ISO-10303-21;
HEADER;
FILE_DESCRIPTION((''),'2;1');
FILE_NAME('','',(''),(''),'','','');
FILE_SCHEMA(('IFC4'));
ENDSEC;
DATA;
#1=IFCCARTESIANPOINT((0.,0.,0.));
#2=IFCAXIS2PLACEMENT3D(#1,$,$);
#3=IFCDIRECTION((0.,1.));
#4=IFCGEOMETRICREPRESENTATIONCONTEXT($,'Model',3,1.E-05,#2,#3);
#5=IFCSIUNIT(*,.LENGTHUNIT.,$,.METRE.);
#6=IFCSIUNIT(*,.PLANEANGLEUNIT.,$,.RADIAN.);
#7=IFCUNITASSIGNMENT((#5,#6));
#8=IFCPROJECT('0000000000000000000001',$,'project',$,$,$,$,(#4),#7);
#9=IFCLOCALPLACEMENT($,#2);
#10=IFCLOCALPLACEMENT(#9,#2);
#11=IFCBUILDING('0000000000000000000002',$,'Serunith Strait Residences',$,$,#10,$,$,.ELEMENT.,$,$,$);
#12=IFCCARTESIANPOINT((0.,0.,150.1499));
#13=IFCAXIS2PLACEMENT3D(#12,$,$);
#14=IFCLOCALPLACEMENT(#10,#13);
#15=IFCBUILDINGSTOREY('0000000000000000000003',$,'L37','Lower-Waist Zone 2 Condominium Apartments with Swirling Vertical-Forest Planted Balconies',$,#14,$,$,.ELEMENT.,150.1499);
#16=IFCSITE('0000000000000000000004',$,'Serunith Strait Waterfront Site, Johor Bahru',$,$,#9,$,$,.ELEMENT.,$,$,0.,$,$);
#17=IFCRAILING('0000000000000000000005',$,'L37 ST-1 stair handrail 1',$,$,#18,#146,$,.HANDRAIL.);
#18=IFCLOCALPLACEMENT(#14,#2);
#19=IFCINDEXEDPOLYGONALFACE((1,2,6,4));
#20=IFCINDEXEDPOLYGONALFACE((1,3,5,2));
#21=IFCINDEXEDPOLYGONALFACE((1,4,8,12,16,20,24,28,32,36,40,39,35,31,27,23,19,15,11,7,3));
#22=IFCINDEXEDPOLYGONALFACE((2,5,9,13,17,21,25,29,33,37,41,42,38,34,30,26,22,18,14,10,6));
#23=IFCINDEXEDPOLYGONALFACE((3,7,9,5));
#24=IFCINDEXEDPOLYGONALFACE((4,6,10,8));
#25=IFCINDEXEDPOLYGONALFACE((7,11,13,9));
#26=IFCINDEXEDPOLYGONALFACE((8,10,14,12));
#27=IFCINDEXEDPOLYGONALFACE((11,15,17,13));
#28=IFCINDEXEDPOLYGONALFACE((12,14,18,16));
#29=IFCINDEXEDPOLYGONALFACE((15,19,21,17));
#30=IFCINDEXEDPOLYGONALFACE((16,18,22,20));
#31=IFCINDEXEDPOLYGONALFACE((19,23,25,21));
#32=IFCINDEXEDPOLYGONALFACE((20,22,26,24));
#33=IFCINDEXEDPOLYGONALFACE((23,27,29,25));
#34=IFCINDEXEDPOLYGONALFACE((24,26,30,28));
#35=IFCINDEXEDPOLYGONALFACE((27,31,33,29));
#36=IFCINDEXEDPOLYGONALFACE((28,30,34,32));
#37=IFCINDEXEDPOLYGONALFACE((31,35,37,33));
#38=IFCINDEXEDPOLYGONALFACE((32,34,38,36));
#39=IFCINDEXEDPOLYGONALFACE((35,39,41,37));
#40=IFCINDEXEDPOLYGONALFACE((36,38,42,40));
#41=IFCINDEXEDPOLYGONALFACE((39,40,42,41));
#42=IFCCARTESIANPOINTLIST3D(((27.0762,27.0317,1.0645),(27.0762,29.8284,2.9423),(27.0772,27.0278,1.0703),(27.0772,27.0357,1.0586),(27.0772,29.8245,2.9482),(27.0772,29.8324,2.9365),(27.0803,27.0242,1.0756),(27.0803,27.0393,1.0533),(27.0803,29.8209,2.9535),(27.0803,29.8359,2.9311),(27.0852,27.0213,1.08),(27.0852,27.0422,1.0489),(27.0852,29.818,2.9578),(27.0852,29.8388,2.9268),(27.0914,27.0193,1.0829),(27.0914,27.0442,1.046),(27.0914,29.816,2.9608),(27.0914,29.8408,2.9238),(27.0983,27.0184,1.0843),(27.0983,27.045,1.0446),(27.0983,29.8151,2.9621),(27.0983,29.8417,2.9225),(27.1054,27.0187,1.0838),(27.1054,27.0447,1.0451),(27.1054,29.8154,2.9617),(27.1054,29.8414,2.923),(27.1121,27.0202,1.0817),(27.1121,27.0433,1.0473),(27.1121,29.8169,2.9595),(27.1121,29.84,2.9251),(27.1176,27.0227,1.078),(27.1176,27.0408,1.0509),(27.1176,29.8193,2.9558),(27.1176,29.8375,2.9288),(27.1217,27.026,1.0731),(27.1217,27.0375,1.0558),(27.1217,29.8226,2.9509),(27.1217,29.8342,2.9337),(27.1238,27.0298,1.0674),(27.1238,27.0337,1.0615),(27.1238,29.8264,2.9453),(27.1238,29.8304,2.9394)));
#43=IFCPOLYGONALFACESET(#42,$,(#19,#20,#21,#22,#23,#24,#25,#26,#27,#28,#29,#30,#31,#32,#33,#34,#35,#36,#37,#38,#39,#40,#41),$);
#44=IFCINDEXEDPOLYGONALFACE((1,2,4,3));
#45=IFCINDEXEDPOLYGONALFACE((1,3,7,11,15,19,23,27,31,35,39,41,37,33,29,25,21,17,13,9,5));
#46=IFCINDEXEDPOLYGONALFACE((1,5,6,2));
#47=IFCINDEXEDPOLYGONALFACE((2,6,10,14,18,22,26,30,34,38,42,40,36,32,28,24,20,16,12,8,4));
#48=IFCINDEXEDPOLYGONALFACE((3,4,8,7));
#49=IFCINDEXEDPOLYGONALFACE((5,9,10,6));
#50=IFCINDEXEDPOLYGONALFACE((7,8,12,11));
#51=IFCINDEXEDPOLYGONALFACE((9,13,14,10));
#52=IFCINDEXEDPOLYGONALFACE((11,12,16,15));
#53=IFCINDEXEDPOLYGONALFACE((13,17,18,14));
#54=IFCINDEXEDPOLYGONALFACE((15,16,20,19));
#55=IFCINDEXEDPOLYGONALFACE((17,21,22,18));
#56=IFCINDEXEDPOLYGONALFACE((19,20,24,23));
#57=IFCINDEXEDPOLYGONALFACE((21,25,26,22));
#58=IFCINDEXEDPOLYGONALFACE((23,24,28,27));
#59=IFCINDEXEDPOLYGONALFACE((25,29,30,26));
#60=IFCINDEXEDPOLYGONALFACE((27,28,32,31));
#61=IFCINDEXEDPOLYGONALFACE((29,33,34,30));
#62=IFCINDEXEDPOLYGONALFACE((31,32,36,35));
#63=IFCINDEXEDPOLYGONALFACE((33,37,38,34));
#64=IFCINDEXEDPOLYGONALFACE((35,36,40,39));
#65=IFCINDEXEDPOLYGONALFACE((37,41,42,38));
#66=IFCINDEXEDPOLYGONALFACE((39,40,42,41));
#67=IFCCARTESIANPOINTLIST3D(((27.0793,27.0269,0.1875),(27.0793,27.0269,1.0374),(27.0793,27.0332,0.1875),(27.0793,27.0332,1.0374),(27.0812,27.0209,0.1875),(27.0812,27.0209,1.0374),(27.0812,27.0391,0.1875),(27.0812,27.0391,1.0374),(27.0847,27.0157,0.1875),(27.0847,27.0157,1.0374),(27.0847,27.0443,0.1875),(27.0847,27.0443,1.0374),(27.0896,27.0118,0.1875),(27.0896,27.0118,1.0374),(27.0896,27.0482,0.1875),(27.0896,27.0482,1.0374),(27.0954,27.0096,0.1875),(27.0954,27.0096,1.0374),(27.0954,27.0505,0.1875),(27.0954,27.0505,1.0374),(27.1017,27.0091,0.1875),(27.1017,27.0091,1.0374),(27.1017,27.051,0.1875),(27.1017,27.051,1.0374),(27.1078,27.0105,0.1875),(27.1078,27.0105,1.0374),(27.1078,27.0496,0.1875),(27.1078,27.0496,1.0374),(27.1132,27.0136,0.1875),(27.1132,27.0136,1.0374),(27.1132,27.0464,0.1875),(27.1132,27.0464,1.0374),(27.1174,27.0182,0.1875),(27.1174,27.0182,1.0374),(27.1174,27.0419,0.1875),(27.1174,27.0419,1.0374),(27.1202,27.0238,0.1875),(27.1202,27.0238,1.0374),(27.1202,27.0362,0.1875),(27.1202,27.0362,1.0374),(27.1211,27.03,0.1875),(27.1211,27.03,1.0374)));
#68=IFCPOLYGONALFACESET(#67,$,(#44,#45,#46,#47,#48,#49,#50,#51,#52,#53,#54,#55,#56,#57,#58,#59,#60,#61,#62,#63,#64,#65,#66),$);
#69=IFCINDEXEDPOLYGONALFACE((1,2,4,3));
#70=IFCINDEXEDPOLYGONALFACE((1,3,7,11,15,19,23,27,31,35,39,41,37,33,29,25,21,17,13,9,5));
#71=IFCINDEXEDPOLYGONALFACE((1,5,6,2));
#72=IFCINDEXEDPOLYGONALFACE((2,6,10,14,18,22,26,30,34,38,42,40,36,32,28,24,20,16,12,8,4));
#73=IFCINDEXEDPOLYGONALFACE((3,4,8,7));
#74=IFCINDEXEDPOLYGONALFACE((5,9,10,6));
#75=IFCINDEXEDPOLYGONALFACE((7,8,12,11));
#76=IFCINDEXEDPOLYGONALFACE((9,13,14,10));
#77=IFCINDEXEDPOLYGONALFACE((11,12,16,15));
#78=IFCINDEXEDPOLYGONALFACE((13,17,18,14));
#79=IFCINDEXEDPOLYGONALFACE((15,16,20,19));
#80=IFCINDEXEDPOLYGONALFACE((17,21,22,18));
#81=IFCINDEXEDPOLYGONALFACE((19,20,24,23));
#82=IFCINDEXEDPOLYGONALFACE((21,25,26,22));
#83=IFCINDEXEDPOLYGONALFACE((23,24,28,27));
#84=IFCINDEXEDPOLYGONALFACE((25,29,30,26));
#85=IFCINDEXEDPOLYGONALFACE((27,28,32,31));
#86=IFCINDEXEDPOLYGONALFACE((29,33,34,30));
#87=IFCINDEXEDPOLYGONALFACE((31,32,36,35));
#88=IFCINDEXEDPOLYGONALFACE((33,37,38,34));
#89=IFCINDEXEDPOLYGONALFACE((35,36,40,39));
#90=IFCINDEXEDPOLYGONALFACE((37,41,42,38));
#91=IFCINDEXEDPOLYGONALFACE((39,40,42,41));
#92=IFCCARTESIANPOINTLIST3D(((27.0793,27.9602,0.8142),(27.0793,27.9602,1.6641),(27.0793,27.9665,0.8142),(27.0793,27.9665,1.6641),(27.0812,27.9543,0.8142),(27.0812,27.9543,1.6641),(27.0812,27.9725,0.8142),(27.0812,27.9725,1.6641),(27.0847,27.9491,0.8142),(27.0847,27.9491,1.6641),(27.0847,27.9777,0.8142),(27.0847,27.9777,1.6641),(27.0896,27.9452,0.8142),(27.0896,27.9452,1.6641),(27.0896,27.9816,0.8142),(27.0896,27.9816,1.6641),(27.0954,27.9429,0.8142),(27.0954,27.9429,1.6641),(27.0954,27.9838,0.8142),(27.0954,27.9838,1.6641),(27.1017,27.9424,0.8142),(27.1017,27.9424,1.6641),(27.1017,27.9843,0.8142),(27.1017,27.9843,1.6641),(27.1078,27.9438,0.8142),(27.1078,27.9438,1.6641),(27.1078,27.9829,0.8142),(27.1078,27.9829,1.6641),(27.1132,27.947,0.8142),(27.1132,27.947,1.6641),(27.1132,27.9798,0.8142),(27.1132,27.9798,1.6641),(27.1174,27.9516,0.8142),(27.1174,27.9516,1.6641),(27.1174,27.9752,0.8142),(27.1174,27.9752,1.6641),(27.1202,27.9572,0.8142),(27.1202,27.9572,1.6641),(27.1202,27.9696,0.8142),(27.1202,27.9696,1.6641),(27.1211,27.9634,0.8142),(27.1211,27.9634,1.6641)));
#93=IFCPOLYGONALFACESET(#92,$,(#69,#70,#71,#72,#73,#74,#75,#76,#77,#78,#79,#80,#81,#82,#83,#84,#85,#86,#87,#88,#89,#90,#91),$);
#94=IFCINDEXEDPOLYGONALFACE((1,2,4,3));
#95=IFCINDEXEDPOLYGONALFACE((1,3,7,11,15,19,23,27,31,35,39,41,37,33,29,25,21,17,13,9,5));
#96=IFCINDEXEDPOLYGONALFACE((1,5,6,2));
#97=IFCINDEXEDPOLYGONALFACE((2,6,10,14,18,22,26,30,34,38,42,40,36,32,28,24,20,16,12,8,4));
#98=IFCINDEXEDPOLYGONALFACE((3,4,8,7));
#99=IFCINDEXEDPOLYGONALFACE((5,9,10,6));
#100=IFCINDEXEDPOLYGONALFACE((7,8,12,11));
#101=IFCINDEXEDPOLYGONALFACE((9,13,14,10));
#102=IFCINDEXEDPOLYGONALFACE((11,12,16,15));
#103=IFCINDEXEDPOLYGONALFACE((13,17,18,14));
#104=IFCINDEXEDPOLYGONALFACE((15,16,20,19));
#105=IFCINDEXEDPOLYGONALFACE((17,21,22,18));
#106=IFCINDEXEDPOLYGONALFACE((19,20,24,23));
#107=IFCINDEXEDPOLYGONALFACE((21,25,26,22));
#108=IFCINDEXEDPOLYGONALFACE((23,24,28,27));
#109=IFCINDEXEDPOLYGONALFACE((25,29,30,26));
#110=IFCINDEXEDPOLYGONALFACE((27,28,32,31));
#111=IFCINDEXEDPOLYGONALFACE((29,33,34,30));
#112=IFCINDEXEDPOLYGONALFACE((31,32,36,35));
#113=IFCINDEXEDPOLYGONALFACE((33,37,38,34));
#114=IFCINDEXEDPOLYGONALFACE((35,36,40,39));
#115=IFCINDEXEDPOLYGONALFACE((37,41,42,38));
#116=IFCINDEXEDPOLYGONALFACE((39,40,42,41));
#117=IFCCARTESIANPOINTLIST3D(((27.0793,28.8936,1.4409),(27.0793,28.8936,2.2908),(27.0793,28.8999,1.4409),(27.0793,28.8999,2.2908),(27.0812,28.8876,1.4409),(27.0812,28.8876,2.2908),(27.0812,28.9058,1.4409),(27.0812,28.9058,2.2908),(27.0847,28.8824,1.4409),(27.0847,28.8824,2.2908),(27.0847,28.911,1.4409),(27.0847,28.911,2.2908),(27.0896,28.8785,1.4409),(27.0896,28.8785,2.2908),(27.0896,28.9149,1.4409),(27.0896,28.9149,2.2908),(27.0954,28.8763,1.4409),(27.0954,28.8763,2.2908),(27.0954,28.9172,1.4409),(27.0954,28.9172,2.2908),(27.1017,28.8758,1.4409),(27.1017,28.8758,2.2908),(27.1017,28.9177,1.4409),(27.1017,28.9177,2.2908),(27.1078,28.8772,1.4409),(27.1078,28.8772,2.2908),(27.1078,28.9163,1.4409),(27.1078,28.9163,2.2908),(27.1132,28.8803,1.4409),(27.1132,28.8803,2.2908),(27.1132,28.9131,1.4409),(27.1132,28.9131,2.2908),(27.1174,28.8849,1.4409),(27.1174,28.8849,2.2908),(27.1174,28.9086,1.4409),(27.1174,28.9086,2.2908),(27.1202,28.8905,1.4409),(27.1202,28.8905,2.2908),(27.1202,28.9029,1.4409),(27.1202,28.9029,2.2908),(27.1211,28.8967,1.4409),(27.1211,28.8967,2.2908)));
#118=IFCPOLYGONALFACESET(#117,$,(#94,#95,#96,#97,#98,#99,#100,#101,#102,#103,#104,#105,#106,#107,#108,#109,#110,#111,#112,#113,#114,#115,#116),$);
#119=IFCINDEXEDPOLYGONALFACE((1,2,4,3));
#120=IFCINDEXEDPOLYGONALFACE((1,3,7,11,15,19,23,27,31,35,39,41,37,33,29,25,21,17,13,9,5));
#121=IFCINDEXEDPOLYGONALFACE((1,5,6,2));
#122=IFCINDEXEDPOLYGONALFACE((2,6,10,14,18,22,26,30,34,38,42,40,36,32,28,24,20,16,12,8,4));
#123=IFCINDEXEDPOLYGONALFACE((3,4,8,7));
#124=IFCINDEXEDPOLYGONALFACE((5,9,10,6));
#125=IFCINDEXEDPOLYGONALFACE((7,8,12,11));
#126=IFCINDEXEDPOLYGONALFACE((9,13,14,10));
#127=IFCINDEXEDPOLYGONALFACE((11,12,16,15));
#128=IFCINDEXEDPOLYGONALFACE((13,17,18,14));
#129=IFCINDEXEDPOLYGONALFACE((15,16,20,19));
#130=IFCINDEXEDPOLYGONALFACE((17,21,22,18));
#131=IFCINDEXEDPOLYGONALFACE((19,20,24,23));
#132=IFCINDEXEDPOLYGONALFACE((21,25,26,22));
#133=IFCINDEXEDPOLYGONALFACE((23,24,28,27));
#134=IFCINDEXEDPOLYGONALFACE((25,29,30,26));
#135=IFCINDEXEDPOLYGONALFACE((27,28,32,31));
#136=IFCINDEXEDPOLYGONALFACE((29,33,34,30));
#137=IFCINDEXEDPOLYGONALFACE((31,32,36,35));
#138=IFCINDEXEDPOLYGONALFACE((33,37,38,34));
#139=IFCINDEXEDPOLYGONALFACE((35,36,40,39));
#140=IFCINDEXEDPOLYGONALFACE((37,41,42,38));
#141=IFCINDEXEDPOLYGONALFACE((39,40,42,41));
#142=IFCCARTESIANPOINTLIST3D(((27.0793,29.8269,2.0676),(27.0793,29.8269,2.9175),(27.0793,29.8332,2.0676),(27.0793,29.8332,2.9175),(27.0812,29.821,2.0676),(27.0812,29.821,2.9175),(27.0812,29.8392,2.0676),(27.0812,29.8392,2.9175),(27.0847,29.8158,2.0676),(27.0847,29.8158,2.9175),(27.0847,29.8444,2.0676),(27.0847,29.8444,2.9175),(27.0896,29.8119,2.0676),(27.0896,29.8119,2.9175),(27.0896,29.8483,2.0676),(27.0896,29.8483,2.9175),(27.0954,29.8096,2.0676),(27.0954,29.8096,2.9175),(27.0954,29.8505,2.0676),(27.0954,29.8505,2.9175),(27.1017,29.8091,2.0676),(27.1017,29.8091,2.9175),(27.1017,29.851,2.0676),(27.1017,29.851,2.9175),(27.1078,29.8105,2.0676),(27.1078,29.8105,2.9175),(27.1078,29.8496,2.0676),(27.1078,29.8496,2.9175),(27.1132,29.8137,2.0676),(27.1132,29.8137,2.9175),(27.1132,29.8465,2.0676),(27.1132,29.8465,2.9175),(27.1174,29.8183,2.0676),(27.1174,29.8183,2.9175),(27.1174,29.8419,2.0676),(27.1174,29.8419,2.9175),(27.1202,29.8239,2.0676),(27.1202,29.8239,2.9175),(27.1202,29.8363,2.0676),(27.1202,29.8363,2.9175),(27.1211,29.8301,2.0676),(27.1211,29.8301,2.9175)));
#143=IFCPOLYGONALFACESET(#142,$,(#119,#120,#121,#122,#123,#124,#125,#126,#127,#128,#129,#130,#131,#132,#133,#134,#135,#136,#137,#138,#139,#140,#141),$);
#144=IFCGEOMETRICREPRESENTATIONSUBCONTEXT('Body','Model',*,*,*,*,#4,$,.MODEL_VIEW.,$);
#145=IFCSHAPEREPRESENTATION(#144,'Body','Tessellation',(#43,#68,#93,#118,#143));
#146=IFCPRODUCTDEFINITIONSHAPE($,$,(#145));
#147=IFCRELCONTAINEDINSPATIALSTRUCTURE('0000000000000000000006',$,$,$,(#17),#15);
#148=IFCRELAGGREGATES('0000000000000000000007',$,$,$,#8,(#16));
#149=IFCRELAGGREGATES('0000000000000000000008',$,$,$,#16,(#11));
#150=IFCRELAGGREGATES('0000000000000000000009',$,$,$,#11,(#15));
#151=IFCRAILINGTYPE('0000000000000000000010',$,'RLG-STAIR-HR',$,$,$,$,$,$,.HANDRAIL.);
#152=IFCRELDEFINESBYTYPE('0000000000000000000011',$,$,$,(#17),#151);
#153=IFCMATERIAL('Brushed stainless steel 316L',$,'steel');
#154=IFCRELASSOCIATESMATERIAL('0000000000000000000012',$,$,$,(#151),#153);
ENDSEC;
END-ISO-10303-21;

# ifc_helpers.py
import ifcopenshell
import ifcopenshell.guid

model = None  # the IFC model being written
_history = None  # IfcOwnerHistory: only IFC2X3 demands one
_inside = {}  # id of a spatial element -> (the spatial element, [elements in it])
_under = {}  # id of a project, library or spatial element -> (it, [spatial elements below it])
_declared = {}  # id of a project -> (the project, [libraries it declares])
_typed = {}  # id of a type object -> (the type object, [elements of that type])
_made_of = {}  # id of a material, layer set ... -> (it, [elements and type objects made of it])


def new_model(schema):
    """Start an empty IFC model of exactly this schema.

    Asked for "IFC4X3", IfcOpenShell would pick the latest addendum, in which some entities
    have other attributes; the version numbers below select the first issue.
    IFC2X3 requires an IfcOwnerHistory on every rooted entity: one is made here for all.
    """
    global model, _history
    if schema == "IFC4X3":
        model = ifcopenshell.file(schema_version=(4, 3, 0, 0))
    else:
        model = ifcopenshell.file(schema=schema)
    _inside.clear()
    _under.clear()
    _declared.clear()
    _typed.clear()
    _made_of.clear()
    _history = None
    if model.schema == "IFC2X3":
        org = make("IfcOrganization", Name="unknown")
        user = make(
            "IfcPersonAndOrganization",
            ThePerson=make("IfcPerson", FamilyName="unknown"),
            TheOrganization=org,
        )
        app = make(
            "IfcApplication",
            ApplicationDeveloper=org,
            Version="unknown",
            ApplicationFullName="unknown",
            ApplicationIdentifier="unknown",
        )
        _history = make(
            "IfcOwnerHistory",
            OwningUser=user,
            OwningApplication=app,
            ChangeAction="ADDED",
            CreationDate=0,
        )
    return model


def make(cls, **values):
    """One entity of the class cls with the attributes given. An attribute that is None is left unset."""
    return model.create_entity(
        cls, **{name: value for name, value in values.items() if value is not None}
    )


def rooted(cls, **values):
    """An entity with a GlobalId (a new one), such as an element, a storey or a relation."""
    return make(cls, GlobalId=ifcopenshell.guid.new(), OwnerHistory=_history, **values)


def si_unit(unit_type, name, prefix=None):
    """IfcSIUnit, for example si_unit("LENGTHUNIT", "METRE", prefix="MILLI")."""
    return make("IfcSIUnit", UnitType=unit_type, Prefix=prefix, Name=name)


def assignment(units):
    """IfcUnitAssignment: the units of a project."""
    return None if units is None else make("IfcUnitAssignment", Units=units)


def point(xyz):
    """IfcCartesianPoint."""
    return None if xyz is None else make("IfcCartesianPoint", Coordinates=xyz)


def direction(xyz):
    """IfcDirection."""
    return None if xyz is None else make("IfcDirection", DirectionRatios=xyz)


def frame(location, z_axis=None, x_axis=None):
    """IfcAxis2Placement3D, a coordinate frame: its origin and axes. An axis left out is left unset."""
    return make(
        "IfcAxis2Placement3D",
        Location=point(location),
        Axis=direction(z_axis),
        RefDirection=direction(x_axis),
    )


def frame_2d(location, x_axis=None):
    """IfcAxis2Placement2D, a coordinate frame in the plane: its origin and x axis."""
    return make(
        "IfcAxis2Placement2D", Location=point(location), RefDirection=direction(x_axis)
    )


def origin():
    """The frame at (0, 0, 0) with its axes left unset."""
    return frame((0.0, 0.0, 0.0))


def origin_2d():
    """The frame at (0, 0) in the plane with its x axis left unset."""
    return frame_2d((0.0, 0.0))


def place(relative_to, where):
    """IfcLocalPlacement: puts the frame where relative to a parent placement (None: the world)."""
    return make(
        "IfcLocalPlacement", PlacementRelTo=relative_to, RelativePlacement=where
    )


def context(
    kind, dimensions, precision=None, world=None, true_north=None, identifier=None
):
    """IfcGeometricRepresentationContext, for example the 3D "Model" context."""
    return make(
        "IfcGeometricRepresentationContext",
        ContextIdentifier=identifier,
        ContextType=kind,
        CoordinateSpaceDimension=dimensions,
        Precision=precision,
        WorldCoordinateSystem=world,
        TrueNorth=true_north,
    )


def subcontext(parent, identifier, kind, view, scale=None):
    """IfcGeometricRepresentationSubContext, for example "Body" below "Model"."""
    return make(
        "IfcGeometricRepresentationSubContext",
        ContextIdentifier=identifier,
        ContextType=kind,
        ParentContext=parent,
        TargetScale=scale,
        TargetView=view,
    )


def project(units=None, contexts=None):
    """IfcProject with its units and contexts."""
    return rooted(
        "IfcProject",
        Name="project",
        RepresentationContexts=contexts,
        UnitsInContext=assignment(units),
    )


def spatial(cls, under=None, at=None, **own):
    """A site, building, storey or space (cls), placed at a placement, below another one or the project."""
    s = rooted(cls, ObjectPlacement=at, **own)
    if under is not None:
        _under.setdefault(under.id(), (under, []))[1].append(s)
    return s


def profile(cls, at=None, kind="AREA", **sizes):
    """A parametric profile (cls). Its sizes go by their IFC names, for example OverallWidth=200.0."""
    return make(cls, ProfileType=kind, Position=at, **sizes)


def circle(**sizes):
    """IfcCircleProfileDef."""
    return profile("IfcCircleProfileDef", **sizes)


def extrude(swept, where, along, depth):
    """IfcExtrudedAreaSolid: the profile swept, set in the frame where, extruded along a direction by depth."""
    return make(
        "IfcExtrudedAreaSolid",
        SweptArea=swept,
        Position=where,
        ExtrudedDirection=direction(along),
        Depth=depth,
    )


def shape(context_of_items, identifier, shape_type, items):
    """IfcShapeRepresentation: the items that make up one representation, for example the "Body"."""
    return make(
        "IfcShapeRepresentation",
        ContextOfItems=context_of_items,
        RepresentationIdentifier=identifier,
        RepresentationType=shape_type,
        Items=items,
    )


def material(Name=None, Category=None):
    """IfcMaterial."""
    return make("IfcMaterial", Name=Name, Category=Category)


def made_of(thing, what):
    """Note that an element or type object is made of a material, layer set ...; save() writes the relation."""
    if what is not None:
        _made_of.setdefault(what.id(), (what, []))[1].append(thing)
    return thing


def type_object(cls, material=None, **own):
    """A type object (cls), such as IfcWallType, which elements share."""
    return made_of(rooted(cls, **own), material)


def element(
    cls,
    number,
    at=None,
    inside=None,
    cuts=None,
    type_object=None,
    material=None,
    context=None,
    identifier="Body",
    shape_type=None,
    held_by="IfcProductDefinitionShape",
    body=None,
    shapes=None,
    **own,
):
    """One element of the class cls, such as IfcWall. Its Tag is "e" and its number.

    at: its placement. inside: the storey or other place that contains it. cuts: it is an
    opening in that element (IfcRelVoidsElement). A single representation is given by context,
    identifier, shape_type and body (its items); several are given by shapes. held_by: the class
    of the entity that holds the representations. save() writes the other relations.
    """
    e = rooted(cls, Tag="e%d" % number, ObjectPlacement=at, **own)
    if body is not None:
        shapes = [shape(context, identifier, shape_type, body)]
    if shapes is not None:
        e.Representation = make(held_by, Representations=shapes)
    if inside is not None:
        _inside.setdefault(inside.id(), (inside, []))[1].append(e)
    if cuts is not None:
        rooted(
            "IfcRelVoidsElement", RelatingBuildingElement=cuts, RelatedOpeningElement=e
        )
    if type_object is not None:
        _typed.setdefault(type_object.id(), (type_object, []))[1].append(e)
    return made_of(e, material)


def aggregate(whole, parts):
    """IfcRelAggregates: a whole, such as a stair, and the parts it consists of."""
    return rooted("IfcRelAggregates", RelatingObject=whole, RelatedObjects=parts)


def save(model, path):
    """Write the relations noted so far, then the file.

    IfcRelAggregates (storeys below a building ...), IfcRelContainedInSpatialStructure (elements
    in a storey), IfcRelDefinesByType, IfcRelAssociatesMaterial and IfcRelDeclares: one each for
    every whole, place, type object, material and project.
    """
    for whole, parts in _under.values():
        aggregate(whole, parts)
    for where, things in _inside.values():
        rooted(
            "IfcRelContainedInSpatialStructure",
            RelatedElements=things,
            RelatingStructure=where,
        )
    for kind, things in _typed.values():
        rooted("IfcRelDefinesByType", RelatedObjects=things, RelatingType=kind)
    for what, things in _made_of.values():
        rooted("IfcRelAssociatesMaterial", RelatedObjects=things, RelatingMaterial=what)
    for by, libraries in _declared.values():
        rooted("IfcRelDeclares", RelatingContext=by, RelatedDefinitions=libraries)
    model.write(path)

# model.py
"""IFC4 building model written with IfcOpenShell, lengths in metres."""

from ifc_helpers import new_model, si_unit, direction, frame, origin, origin_2d, place, context, subcontext, project, spatial, circle, extrude, material, type_object, element, save


model = new_model("IFC4")

# Units and contexts
model_context = context("Model", 3, precision=1e-05, world=origin(), true_north=direction((0.0, 1.0)))
body_context = subcontext(model_context, "Body", "Model", "MODEL_VIEW")
ifc_project = project(units=[si_unit("LENGTHUNIT", "METRE"), si_unit("PLANEANGLEUNIT", "RADIAN")], contexts=[model_context])

# Site, building, storey
site_placement = place(None, origin())
site = spatial("IfcSite", under=ifc_project, at=site_placement, Name="Serunith Strait Waterfront Site, Johor Bahru", CompositionType="ELEMENT", RefElevation=0.0)
building_placement = place(site_placement, origin())
building = spatial("IfcBuilding", under=site, at=building_placement, Name="Serunith Strait Residences", CompositionType="ELEMENT")
storey_placement = place(building_placement, frame((0.0, 0.0, 150.1499)))
storey = spatial("IfcBuildingStorey", under=building, at=storey_placement, Name="L37", Description="Lower-Waist Zone 2 Condominium Apartments with Swirling Vertical-Forest Planted Balconies", CompositionType="ELEMENT", Elevation=150.1499)

# Railing
ifc_material_1 = material(Name="Brushed stainless steel 316L", Category="steel")
railing_type_1 = type_object("IfcRailingType", Name="RLG-STAIR-HR", PredefinedType="HANDRAIL", material=ifc_material_1)
railing_1_placement = place(storey_placement, frame((27.1001, 27.03, 0.1875)))
element("IfcRailing", 1, at=railing_1_placement, inside=storey, type_object=railing_type_1, Name="L37 ST-1 stair handrail 1", PredefinedType="HANDRAIL", context=body_context, shape_type="SweptSolid", body=[
    extrude(circle(Radius=0.0239, at=origin_2d()), frame((0.0, 0.0017, 0.877), z_axis=(0.0, 0.830208, 0.557453), x_axis=(-1.0, 0.0, 0.0)), (0.0, 0.0, 1.0), 3.3687),
    extrude(circle(Radius=0.021, at=origin_2d()), origin(), (0.0, 0.0, 1.0), 0.8499),
    extrude(circle(Radius=0.021, at=origin_2d()), frame((0.0, 0.9333, 0.6267)), (0.0, 0.0, 1.0), 0.8499),
    extrude(circle(Radius=0.021, at=origin_2d()), frame((0.0, 1.8667, 1.2534)), (0.0, 0.0, 1.0), 0.8499),
    extrude(circle(Radius=0.021, at=origin_2d()), frame((0.0, 2.8, 1.8801)), (0.0, 0.0, 1.0), 0.8499),
])

save(model, "model.ifc")
